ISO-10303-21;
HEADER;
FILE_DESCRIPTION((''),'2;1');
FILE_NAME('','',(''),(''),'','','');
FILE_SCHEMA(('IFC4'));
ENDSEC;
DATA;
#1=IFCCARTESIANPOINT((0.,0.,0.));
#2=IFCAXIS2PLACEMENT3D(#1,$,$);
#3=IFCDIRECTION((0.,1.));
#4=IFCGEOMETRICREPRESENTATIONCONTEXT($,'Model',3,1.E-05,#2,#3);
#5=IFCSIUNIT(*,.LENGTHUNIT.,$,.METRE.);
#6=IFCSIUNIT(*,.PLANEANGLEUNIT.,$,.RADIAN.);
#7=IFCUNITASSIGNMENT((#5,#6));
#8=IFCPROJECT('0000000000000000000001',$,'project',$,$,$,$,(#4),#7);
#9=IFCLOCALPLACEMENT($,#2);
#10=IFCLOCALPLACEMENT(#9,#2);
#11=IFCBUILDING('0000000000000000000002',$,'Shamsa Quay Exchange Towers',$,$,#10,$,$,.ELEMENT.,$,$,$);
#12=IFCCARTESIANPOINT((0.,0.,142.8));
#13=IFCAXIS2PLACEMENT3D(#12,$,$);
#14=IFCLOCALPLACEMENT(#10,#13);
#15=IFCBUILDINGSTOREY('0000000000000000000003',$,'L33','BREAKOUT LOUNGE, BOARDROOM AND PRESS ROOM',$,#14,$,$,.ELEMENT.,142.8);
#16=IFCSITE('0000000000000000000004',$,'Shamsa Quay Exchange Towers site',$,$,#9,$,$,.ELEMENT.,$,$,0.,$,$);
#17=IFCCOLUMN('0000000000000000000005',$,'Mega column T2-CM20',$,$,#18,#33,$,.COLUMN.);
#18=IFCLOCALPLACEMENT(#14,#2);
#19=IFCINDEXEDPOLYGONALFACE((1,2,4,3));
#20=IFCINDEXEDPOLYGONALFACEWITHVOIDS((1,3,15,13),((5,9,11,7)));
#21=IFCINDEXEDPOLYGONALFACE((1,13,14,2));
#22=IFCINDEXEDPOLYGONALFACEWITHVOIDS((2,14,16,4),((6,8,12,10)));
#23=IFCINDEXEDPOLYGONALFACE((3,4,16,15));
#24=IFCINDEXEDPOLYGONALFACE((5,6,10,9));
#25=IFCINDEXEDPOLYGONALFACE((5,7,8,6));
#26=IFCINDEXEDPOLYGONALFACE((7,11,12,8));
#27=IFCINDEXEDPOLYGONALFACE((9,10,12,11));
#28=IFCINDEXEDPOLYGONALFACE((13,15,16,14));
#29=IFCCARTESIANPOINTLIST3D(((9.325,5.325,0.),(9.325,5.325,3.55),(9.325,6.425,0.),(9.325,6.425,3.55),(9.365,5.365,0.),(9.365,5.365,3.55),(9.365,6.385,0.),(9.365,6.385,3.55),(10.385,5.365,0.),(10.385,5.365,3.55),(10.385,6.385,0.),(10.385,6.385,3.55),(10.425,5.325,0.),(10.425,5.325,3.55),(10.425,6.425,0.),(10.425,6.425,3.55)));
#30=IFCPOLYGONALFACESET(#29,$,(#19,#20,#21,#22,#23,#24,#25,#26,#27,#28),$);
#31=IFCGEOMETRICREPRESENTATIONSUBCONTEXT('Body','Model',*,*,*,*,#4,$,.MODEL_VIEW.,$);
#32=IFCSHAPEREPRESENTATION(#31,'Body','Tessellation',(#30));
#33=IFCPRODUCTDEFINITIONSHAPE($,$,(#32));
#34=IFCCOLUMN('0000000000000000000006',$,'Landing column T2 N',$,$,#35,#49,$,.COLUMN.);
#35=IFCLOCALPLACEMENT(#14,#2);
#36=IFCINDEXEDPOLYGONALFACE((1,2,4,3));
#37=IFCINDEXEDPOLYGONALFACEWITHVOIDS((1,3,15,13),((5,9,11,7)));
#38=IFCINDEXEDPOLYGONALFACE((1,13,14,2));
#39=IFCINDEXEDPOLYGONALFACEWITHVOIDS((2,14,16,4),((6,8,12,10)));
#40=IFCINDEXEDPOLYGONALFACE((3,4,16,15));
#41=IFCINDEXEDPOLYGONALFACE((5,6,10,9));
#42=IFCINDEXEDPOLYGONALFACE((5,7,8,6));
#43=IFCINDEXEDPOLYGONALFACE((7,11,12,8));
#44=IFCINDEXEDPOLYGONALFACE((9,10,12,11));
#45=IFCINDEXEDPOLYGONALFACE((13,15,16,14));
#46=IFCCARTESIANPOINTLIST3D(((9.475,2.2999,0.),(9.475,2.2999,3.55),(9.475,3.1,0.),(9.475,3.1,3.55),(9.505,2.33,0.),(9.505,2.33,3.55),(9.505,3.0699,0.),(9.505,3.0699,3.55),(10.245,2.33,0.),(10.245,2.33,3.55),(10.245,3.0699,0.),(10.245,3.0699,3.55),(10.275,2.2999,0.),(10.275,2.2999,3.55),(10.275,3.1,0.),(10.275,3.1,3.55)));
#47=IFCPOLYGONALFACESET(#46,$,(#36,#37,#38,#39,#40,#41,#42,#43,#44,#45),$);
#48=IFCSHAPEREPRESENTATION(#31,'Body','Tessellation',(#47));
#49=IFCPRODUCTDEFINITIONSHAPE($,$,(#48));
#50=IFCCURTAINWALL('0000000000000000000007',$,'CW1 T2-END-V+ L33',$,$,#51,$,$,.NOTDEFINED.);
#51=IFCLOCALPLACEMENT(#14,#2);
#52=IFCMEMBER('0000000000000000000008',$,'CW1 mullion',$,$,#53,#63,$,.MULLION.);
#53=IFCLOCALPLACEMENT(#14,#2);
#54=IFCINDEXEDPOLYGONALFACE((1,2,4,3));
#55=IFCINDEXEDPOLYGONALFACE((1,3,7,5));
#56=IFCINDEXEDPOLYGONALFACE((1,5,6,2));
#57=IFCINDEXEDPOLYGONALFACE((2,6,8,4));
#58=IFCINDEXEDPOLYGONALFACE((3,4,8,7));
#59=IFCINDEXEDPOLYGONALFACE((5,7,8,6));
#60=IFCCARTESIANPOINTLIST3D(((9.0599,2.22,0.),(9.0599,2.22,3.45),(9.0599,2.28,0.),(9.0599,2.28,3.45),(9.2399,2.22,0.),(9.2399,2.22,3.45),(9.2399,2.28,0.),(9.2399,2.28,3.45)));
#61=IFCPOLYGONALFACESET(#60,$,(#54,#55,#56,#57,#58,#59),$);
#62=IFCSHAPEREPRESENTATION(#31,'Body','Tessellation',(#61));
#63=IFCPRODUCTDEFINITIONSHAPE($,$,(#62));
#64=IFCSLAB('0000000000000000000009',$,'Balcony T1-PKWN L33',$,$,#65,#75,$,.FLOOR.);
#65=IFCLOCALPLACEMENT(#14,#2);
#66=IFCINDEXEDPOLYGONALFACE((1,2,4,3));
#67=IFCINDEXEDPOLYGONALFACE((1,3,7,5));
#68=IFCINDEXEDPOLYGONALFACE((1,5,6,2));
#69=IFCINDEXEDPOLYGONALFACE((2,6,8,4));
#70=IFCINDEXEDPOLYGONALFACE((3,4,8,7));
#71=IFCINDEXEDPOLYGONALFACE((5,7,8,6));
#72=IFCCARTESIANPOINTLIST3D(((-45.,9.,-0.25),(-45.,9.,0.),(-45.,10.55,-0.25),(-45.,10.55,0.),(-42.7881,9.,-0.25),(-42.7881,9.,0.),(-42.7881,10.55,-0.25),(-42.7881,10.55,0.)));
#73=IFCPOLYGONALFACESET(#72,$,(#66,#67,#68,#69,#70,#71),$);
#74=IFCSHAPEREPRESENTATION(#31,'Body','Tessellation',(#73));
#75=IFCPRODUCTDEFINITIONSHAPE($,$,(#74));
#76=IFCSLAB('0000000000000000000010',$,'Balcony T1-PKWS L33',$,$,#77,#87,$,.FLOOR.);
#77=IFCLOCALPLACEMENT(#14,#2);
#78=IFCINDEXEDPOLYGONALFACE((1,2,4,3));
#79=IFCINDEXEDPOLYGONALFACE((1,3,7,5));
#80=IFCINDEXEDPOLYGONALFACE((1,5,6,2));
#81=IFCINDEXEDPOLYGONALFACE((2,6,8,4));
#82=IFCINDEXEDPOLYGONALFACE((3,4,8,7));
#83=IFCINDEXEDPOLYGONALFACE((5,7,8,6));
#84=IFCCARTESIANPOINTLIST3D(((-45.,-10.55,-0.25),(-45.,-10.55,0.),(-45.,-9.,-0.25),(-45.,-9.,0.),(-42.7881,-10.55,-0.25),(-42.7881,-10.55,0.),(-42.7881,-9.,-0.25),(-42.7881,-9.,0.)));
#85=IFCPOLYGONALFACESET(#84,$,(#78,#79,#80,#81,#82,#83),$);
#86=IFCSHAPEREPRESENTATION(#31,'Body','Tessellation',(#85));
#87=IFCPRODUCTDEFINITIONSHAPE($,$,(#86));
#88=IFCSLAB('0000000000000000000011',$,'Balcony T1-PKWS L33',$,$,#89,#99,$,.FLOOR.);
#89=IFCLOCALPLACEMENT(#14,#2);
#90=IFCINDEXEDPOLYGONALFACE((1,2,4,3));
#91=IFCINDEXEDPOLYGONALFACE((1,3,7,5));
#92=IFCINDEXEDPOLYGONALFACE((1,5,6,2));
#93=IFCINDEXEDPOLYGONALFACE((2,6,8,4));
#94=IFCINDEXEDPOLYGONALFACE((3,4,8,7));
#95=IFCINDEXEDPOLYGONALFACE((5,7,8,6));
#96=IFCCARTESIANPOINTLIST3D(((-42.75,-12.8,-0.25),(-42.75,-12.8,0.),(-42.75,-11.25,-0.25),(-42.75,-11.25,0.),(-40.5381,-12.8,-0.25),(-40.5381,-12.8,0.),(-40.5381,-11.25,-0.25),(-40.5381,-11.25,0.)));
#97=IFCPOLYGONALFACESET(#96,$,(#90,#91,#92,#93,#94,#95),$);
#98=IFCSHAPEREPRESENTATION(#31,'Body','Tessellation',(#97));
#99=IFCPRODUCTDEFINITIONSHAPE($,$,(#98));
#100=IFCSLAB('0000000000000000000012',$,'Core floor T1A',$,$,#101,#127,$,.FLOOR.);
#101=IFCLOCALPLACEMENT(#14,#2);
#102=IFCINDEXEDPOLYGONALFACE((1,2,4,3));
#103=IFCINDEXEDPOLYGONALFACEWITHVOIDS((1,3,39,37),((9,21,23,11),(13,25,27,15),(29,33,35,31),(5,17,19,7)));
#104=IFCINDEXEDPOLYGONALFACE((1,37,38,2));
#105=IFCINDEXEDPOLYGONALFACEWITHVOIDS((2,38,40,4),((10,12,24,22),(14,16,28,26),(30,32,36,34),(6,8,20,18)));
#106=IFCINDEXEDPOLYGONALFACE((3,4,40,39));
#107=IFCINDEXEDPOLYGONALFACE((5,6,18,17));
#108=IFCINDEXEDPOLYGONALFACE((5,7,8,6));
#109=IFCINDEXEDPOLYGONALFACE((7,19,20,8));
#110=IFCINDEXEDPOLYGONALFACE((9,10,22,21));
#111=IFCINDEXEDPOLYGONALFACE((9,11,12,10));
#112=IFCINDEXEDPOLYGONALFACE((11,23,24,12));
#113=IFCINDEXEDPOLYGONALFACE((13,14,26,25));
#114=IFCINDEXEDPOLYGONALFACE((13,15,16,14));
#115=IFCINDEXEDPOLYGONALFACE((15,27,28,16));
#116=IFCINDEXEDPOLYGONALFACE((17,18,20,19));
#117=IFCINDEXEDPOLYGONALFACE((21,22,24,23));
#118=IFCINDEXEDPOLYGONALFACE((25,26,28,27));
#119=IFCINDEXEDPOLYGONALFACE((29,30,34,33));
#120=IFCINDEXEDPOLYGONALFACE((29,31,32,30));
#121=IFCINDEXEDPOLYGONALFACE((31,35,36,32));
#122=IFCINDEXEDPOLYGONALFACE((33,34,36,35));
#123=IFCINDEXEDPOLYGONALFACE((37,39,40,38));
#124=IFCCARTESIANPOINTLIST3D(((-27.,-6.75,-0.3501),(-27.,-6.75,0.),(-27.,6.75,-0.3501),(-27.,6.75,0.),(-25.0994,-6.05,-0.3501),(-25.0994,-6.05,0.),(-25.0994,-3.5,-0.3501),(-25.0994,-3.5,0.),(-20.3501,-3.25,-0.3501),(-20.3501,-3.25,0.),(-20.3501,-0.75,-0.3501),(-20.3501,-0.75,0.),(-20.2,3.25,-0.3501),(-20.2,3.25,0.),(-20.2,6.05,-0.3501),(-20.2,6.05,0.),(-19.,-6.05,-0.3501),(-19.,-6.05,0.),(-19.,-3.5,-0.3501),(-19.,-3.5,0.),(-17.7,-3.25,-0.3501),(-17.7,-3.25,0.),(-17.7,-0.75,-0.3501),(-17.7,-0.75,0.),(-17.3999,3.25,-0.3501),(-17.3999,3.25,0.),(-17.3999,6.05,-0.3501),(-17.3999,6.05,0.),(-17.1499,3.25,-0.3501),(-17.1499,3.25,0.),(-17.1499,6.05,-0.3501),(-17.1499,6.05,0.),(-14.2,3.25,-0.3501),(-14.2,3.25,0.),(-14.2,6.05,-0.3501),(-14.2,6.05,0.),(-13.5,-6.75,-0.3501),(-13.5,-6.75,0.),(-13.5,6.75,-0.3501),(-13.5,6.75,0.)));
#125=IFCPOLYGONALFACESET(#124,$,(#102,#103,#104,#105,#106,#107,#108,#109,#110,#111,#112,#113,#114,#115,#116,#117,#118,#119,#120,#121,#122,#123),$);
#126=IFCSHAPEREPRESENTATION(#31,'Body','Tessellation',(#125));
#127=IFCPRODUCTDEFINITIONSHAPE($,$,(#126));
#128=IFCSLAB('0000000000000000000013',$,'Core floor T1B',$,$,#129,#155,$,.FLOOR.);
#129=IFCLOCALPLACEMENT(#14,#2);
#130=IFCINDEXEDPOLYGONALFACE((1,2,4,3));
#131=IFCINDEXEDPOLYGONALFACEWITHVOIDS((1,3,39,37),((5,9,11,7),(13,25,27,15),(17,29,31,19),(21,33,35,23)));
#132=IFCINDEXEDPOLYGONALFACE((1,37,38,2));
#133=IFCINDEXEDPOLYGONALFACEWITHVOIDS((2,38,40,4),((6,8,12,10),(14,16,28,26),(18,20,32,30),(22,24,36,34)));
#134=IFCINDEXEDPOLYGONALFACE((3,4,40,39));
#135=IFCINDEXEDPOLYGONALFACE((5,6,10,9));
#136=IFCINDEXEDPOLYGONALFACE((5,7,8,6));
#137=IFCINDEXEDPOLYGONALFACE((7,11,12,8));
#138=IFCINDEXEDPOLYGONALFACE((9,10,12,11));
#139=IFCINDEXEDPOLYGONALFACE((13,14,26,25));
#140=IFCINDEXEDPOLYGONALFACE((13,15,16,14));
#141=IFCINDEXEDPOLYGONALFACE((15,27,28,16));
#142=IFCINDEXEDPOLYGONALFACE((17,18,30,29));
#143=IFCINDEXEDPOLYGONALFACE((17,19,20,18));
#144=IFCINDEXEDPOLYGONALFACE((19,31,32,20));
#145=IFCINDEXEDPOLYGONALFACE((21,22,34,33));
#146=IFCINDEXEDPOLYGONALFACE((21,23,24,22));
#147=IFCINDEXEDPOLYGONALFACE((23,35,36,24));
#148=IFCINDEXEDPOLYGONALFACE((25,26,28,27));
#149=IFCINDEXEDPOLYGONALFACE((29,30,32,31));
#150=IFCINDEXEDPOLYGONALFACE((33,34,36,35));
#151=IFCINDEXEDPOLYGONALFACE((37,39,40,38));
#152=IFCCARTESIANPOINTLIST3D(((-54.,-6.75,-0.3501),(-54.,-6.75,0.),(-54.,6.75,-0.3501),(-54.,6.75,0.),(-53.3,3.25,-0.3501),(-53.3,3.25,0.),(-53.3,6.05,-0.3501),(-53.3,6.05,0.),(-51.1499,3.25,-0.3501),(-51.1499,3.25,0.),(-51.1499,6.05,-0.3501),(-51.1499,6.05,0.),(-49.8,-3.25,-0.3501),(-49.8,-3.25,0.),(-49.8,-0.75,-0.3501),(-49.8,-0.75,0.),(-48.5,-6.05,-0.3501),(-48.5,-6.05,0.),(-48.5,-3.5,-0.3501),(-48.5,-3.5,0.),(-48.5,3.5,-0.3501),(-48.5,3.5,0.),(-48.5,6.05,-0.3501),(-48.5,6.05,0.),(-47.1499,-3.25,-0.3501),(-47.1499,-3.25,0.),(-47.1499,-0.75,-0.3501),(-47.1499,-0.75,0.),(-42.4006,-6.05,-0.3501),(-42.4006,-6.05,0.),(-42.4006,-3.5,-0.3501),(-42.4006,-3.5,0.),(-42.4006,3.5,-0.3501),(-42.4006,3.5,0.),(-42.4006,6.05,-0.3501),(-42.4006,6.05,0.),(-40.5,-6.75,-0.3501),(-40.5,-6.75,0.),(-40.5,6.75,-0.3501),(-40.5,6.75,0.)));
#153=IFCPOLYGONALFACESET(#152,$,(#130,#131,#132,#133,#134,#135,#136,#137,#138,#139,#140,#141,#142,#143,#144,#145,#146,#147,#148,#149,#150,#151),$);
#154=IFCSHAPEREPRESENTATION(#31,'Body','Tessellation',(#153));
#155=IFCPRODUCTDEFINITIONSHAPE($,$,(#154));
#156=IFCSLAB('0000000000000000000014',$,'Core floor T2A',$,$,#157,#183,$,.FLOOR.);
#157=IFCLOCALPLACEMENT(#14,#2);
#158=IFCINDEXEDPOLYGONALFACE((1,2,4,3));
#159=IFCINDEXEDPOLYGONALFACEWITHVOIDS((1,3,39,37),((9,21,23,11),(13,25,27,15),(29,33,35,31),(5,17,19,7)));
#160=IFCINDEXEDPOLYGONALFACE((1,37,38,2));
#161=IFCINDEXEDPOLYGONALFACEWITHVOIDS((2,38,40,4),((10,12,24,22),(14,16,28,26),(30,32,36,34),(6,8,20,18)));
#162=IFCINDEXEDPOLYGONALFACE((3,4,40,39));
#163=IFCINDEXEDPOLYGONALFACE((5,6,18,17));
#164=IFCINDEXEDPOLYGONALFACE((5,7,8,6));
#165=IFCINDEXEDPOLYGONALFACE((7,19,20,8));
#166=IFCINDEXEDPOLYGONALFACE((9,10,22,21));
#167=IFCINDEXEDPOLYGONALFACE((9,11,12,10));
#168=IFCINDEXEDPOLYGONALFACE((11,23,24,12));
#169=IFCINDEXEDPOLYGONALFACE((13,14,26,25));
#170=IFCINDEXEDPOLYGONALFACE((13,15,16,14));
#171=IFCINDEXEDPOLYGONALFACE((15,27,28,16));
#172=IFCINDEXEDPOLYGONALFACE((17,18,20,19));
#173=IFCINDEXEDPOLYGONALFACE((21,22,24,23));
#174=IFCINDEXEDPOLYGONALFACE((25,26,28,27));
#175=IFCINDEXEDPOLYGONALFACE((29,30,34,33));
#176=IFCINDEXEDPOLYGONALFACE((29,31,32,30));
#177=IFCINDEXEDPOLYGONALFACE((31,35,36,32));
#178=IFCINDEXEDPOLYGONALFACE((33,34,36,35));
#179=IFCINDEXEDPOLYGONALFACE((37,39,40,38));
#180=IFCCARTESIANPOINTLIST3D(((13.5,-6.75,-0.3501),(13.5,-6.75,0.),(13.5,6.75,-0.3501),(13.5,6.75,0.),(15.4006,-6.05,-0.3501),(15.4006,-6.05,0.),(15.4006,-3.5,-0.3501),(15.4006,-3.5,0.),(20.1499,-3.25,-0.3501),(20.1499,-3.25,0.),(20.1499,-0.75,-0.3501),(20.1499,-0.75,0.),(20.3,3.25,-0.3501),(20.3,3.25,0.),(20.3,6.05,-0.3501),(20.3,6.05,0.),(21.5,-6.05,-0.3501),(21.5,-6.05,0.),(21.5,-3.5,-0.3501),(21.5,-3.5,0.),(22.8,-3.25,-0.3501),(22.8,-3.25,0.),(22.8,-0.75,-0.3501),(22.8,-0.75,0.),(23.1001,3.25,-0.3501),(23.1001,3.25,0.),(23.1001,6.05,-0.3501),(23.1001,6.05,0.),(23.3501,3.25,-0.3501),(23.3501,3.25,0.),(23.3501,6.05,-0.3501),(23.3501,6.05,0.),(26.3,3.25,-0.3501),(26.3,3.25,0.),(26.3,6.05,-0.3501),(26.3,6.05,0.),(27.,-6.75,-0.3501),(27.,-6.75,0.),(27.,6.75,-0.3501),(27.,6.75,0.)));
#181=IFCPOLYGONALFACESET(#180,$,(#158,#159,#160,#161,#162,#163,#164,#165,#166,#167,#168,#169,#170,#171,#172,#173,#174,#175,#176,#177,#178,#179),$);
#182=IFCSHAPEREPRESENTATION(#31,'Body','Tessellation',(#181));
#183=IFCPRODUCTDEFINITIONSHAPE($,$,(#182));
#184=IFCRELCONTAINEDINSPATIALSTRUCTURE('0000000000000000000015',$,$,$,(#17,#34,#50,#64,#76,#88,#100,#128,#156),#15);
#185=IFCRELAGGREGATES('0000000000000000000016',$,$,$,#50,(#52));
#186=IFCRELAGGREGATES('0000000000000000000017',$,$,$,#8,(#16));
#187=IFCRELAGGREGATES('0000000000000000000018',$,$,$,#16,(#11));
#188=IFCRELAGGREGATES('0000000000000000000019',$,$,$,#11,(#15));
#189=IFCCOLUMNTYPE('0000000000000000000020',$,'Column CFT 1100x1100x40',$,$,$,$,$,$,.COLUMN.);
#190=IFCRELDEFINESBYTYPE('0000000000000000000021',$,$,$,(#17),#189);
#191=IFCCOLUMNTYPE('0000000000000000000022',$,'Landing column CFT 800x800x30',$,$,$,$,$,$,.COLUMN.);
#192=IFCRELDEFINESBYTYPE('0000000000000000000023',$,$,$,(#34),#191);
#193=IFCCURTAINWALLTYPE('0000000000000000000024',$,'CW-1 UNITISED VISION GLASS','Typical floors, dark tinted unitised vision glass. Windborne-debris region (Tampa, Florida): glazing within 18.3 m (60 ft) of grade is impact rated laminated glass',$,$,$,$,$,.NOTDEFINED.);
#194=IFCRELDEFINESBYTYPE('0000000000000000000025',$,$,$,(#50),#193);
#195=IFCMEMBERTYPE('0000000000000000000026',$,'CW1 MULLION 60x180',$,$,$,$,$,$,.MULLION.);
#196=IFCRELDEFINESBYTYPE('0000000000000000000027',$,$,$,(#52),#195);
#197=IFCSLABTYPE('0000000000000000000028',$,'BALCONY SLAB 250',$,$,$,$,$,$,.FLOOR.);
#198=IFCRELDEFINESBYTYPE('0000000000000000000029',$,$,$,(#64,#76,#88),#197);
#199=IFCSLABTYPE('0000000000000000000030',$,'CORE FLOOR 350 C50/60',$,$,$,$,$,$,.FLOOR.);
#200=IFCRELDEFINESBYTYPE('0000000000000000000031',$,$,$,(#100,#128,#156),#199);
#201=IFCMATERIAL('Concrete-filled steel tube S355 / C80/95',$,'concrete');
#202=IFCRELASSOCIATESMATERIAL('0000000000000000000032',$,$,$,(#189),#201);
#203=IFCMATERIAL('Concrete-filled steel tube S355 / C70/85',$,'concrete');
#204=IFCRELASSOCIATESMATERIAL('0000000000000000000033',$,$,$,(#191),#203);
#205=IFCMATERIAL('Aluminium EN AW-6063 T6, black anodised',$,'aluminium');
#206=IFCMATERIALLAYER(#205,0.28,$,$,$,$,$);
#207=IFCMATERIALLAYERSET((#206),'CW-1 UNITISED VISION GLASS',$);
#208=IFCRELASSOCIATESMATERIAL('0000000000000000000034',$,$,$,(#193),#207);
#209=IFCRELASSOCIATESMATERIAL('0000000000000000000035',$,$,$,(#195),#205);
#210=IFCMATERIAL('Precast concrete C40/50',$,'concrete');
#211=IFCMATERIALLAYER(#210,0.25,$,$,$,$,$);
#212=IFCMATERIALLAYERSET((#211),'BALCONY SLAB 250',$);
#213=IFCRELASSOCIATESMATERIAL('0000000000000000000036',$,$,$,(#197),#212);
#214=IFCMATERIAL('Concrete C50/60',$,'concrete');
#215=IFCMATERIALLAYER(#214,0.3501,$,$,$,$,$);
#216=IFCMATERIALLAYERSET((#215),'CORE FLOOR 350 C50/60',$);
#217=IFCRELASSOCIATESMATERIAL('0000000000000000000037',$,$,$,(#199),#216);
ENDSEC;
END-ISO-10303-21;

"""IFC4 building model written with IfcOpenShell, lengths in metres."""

from ifc_helpers import new_model, si_unit, direction, frame, origin, origin_2d, place, context, subcontext, project, spatial, polyline, rectangle, hollow_rectangle, outline, extrude, material, layer, layer_set, material_profile, profile_set, type_object, element, aggregate, save


model = new_model("IFC4")

# Units and contexts
model_context = context("Model", 3, precision=1e-05, world=origin(), true_north=direction((0.0, 1.0)))
body_context = subcontext(model_context, "Body", "Model", "MODEL_VIEW")
ifc_project = project(units=[si_unit("LENGTHUNIT", "METRE"), si_unit("PLANEANGLEUNIT", "RADIAN")], contexts=[model_context])

# Site, building, storey
site_placement = place(None, origin())
site = spatial("IfcSite", under=ifc_project, at=site_placement, Name="Shamsa Quay Exchange Towers site", CompositionType="ELEMENT", RefElevation=0.0)
building_placement = place(site_placement, origin())
building = spatial("IfcBuilding", under=site, at=building_placement, Name="Shamsa Quay Exchange Towers", CompositionType="ELEMENT")
storey_placement = place(building_placement, frame((0.0, 0.0, 142.8)))
storey = spatial("IfcBuildingStorey", under=building, at=storey_placement, Name="L33", Description="BREAKOUT LOUNGE, BOARDROOM AND PRESS ROOM", CompositionType="ELEMENT", Elevation=142.8)

# Columns
ifc_material_1 = material(Name="Concrete-filled steel tube S355 / C80/95", Category="concrete")
ifc_material_profile_1 = material_profile(ifc_material_1, hollow_rectangle(XDim=1.1001, YDim=1.1001, WallThickness=0.04, at=origin_2d()), Name="CFT 1100x1100x40")
ifc_profile_set_1 = profile_set([ifc_material_profile_1], Name="Concrete-filled steel tube S355 / C80/95")
column_type_1 = type_object("IfcColumnType", Name="Column CFT 1100x1100x40", PredefinedType="COLUMN", material=ifc_profile_set_1)
column_1_placement = place(storey_placement, frame((9.875, 5.875, 0.0)))
element("IfcColumn", 1, at=column_1_placement, inside=storey, type_object=column_type_1, Name="Mega column T2-CM20", PredefinedType="COLUMN", context=body_context, shape_type="SweptSolid", body=[
    extrude(hollow_rectangle(XDim=1.1001, YDim=1.1001, WallThickness=0.04, at=origin_2d()), origin(), (0.0, 0.0, 1.0), 3.55),
])
ifc_material_2 = material(Name="Concrete-filled steel tube S355 / C70/85", Category="concrete")
ifc_material_profile_2 = material_profile(ifc_material_2, hollow_rectangle(XDim=0.8, YDim=0.8, WallThickness=0.03, at=origin_2d()), Name="CFT 800x800x30")
ifc_profile_set_2 = profile_set([ifc_material_profile_2], Name="Concrete-filled steel tube S355 / C70/85")
column_type_2 = type_object("IfcColumnType", Name="Landing column CFT 800x800x30", PredefinedType="COLUMN", material=ifc_profile_set_2)
column_2_placement = place(storey_placement, frame((9.875, 2.7, 0.0)))
element("IfcColumn", 2, at=column_2_placement, inside=storey, type_object=column_type_2, Name="Landing column T2 N", PredefinedType="COLUMN", context=body_context, shape_type="SweptSolid", body=[
    extrude(hollow_rectangle(XDim=0.8, YDim=0.8, WallThickness=0.03, at=origin_2d()), origin(), (0.0, 0.0, 1.0), 3.55),
])

# Curtain wall, member
ifc_material_3 = material(Name="Aluminium EN AW-6063 T6, black anodised", Category="aluminium")
ifc_layer_1 = layer(ifc_material_3, 0.28)
ifc_layer_set_1 = layer_set([ifc_layer_1], Name="CW-1 UNITISED VISION GLASS")
curtain_wall_type = type_object("IfcCurtainWallType", Name="CW-1 UNITISED VISION GLASS", Description="Typical floors, dark tinted unitised vision glass. Windborne-debris region (Tampa, Florida): glazing within 18.3 m (60 ft) of grade is impact rated laminated glass", PredefinedType="NOTDEFINED", material=ifc_layer_set_1)
curtain_wall_1_placement = place(storey_placement, origin())
curtain_wall_1 = element("IfcCurtainWall", 3, at=curtain_wall_1_placement, inside=storey, type_object=curtain_wall_type, Name="CW1 T2-END-V+ L33", PredefinedType="NOTDEFINED")
ifc_material_profile_3 = material_profile(ifc_material_3, rectangle(XDim=0.1799, YDim=0.0601, at=origin_2d()), Name="MU60x180")
ifc_profile_set_3 = profile_set([ifc_material_profile_3], Name="Aluminium EN AW-6063 T6, black anodised")
member_type = type_object("IfcMemberType", Name="CW1 MULLION 60x180", PredefinedType="MULLION", material=ifc_profile_set_3)
member_placement = place(storey_placement, frame((9.1499, 2.25, 0.0)))
member = element("IfcMember", 4, at=member_placement, type_object=member_type, Name="CW1 mullion", PredefinedType="MULLION", context=body_context, shape_type="SweptSolid", body=[
    extrude(rectangle(XDim=0.1799, YDim=0.0601, at=origin_2d()), origin(), (0.0, 0.0, 1.0), 3.45),
])

# Slabs
ifc_material_4 = material(Name="Precast concrete C40/50", Category="concrete")
ifc_layer_2 = layer(ifc_material_4, 0.25)
ifc_layer_set_2 = layer_set([ifc_layer_2], Name="BALCONY SLAB 250")
slab_type_1 = type_object("IfcSlabType", Name="BALCONY SLAB 250", PredefinedType="FLOOR", material=ifc_layer_set_2)
slab_1_placement = place(storey_placement, frame((0.0, 0.0, -0.25)))
element("IfcSlab", 5, at=slab_1_placement, inside=storey, type_object=slab_type_1, Name="Balcony T1-PKWN L33", PredefinedType="FLOOR", context=body_context, shape_type="SweptSolid", body=[
    extrude(outline(polyline([(-42.7881, 9.0), (-45.0, 9.0), (-45.0, 10.55), (-42.7881, 10.55), (-42.7881, 9.0)])), origin(), (0.0, 0.0, 1.0), 0.25),
])
slab_2_placement = place(storey_placement, frame((0.0, 0.0, -0.25)))
element("IfcSlab", 6, at=slab_2_placement, inside=storey, type_object=slab_type_1, Name="Balcony T1-PKWS L33", PredefinedType="FLOOR", context=body_context, shape_type="SweptSolid", body=[
    extrude(outline(polyline([(-45.0, -9.0), (-42.7881, -9.0), (-42.7881, -10.55), (-45.0, -10.55), (-45.0, -9.0)])), origin(), (0.0, 0.0, 1.0), 0.25),
])
slab_3_placement = place(storey_placement, frame((0.0, 0.0, -0.25)))
element("IfcSlab", 7, at=slab_3_placement, inside=storey, type_object=slab_type_1, Name="Balcony T1-PKWS L33", PredefinedType="FLOOR", context=body_context, shape_type="SweptSolid", body=[
    extrude(outline(polyline([(-42.75, -11.25), (-40.5381, -11.25), (-40.5381, -12.8), (-42.75, -12.8), (-42.75, -11.25)])), origin(), (0.0, 0.0, 1.0), 0.25),
])
ifc_material_5 = material(Name="Concrete C50/60", Category="concrete")
ifc_layer_3 = layer(ifc_material_5, 0.3501)
ifc_layer_set_3 = layer_set([ifc_layer_3], Name="CORE FLOOR 350 C50/60")
slab_type_2 = type_object("IfcSlabType", Name="CORE FLOOR 350 C50/60", PredefinedType="FLOOR", material=ifc_layer_set_3)
slab_4_placement = place(storey_placement, frame((0.0, 0.0, -0.3501)))
element("IfcSlab", 8, at=slab_4_placement, inside=storey, type_object=slab_type_2, Name="Core floor T1A", PredefinedType="FLOOR", context=body_context, shape_type="SweptSolid", body=[
    extrude(outline(polyline([(-27.0, -6.75), (-13.5, -6.75), (-13.5, 6.75), (-27.0, 6.75), (-27.0, -6.75)]), holes=[polyline([(-25.0994, -6.05), (-25.0994, -3.5), (-19.0, -3.5), (-19.0, -6.05), (-25.0994, -6.05)]), polyline([(-20.2, 3.25), (-20.2, 6.05), (-17.3999, 6.05), (-17.3999, 3.25), (-20.2, 3.25)]), polyline([(-17.1499, 3.25), (-17.1499, 6.05), (-14.2, 6.05), (-14.2, 3.25), (-17.1499, 3.25)]), polyline([(-20.3501, -3.25), (-20.3501, -0.75), (-17.7, -0.75), (-17.7, -3.25), (-20.3501, -3.25)])]), origin(), (0.0, 0.0, 1.0), 0.3501),
])
slab_5_placement = place(storey_placement, frame((0.0, 0.0, -0.3501)))
element("IfcSlab", 9, at=slab_5_placement, inside=storey, type_object=slab_type_2, Name="Core floor T1B", PredefinedType="FLOOR", context=body_context, shape_type="SweptSolid", body=[
    extrude(outline(polyline([(-40.5, -6.75), (-40.5, 6.75), (-54.0, 6.75), (-54.0, -6.75), (-40.5, -6.75)]), holes=[polyline([(-42.4006, -3.5), (-42.4006, -6.05), (-48.5, -6.05), (-48.5, -3.5), (-42.4006, -3.5)]), polyline([(-42.4006, 6.05), (-42.4006, 3.5), (-48.5, 3.5), (-48.5, 6.05), (-42.4006, 6.05)]), polyline([(-51.1499, 3.25), (-53.3, 3.25), (-53.3, 6.05), (-51.1499, 6.05), (-51.1499, 3.25)]), polyline([(-47.1499, -3.25), (-49.8, -3.25), (-49.8, -0.75), (-47.1499, -0.75), (-47.1499, -3.25)])]), origin(), (0.0, 0.0, 1.0), 0.3501),
])
slab_6_placement = place(storey_placement, frame((0.0, 0.0, -0.3501)))
element("IfcSlab", 10, at=slab_6_placement, inside=storey, type_object=slab_type_2, Name="Core floor T2A", PredefinedType="FLOOR", context=body_context, shape_type="SweptSolid", body=[
    extrude(outline(polyline([(13.5, -6.75), (27.0, -6.75), (27.0, 6.75), (13.5, 6.75), (13.5, -6.75)]), holes=[polyline([(15.4006, -6.05), (15.4006, -3.5), (21.5, -3.5), (21.5, -6.05), (15.4006, -6.05)]), polyline([(20.3, 3.25), (20.3, 6.05), (23.1001, 6.05), (23.1001, 3.25), (20.3, 3.25)]), polyline([(23.3501, 3.25), (23.3501, 6.05), (26.3, 6.05), (26.3, 3.25), (23.3501, 3.25)]), polyline([(20.1499, -3.25), (20.1499, -0.75), (22.8, -0.75), (22.8, -3.25), (20.1499, -3.25)])]), origin(), (0.0, 0.0, 1.0), 0.3501),
])

aggregate(curtain_wall_1, [member])

save(model, "model.ifc")
